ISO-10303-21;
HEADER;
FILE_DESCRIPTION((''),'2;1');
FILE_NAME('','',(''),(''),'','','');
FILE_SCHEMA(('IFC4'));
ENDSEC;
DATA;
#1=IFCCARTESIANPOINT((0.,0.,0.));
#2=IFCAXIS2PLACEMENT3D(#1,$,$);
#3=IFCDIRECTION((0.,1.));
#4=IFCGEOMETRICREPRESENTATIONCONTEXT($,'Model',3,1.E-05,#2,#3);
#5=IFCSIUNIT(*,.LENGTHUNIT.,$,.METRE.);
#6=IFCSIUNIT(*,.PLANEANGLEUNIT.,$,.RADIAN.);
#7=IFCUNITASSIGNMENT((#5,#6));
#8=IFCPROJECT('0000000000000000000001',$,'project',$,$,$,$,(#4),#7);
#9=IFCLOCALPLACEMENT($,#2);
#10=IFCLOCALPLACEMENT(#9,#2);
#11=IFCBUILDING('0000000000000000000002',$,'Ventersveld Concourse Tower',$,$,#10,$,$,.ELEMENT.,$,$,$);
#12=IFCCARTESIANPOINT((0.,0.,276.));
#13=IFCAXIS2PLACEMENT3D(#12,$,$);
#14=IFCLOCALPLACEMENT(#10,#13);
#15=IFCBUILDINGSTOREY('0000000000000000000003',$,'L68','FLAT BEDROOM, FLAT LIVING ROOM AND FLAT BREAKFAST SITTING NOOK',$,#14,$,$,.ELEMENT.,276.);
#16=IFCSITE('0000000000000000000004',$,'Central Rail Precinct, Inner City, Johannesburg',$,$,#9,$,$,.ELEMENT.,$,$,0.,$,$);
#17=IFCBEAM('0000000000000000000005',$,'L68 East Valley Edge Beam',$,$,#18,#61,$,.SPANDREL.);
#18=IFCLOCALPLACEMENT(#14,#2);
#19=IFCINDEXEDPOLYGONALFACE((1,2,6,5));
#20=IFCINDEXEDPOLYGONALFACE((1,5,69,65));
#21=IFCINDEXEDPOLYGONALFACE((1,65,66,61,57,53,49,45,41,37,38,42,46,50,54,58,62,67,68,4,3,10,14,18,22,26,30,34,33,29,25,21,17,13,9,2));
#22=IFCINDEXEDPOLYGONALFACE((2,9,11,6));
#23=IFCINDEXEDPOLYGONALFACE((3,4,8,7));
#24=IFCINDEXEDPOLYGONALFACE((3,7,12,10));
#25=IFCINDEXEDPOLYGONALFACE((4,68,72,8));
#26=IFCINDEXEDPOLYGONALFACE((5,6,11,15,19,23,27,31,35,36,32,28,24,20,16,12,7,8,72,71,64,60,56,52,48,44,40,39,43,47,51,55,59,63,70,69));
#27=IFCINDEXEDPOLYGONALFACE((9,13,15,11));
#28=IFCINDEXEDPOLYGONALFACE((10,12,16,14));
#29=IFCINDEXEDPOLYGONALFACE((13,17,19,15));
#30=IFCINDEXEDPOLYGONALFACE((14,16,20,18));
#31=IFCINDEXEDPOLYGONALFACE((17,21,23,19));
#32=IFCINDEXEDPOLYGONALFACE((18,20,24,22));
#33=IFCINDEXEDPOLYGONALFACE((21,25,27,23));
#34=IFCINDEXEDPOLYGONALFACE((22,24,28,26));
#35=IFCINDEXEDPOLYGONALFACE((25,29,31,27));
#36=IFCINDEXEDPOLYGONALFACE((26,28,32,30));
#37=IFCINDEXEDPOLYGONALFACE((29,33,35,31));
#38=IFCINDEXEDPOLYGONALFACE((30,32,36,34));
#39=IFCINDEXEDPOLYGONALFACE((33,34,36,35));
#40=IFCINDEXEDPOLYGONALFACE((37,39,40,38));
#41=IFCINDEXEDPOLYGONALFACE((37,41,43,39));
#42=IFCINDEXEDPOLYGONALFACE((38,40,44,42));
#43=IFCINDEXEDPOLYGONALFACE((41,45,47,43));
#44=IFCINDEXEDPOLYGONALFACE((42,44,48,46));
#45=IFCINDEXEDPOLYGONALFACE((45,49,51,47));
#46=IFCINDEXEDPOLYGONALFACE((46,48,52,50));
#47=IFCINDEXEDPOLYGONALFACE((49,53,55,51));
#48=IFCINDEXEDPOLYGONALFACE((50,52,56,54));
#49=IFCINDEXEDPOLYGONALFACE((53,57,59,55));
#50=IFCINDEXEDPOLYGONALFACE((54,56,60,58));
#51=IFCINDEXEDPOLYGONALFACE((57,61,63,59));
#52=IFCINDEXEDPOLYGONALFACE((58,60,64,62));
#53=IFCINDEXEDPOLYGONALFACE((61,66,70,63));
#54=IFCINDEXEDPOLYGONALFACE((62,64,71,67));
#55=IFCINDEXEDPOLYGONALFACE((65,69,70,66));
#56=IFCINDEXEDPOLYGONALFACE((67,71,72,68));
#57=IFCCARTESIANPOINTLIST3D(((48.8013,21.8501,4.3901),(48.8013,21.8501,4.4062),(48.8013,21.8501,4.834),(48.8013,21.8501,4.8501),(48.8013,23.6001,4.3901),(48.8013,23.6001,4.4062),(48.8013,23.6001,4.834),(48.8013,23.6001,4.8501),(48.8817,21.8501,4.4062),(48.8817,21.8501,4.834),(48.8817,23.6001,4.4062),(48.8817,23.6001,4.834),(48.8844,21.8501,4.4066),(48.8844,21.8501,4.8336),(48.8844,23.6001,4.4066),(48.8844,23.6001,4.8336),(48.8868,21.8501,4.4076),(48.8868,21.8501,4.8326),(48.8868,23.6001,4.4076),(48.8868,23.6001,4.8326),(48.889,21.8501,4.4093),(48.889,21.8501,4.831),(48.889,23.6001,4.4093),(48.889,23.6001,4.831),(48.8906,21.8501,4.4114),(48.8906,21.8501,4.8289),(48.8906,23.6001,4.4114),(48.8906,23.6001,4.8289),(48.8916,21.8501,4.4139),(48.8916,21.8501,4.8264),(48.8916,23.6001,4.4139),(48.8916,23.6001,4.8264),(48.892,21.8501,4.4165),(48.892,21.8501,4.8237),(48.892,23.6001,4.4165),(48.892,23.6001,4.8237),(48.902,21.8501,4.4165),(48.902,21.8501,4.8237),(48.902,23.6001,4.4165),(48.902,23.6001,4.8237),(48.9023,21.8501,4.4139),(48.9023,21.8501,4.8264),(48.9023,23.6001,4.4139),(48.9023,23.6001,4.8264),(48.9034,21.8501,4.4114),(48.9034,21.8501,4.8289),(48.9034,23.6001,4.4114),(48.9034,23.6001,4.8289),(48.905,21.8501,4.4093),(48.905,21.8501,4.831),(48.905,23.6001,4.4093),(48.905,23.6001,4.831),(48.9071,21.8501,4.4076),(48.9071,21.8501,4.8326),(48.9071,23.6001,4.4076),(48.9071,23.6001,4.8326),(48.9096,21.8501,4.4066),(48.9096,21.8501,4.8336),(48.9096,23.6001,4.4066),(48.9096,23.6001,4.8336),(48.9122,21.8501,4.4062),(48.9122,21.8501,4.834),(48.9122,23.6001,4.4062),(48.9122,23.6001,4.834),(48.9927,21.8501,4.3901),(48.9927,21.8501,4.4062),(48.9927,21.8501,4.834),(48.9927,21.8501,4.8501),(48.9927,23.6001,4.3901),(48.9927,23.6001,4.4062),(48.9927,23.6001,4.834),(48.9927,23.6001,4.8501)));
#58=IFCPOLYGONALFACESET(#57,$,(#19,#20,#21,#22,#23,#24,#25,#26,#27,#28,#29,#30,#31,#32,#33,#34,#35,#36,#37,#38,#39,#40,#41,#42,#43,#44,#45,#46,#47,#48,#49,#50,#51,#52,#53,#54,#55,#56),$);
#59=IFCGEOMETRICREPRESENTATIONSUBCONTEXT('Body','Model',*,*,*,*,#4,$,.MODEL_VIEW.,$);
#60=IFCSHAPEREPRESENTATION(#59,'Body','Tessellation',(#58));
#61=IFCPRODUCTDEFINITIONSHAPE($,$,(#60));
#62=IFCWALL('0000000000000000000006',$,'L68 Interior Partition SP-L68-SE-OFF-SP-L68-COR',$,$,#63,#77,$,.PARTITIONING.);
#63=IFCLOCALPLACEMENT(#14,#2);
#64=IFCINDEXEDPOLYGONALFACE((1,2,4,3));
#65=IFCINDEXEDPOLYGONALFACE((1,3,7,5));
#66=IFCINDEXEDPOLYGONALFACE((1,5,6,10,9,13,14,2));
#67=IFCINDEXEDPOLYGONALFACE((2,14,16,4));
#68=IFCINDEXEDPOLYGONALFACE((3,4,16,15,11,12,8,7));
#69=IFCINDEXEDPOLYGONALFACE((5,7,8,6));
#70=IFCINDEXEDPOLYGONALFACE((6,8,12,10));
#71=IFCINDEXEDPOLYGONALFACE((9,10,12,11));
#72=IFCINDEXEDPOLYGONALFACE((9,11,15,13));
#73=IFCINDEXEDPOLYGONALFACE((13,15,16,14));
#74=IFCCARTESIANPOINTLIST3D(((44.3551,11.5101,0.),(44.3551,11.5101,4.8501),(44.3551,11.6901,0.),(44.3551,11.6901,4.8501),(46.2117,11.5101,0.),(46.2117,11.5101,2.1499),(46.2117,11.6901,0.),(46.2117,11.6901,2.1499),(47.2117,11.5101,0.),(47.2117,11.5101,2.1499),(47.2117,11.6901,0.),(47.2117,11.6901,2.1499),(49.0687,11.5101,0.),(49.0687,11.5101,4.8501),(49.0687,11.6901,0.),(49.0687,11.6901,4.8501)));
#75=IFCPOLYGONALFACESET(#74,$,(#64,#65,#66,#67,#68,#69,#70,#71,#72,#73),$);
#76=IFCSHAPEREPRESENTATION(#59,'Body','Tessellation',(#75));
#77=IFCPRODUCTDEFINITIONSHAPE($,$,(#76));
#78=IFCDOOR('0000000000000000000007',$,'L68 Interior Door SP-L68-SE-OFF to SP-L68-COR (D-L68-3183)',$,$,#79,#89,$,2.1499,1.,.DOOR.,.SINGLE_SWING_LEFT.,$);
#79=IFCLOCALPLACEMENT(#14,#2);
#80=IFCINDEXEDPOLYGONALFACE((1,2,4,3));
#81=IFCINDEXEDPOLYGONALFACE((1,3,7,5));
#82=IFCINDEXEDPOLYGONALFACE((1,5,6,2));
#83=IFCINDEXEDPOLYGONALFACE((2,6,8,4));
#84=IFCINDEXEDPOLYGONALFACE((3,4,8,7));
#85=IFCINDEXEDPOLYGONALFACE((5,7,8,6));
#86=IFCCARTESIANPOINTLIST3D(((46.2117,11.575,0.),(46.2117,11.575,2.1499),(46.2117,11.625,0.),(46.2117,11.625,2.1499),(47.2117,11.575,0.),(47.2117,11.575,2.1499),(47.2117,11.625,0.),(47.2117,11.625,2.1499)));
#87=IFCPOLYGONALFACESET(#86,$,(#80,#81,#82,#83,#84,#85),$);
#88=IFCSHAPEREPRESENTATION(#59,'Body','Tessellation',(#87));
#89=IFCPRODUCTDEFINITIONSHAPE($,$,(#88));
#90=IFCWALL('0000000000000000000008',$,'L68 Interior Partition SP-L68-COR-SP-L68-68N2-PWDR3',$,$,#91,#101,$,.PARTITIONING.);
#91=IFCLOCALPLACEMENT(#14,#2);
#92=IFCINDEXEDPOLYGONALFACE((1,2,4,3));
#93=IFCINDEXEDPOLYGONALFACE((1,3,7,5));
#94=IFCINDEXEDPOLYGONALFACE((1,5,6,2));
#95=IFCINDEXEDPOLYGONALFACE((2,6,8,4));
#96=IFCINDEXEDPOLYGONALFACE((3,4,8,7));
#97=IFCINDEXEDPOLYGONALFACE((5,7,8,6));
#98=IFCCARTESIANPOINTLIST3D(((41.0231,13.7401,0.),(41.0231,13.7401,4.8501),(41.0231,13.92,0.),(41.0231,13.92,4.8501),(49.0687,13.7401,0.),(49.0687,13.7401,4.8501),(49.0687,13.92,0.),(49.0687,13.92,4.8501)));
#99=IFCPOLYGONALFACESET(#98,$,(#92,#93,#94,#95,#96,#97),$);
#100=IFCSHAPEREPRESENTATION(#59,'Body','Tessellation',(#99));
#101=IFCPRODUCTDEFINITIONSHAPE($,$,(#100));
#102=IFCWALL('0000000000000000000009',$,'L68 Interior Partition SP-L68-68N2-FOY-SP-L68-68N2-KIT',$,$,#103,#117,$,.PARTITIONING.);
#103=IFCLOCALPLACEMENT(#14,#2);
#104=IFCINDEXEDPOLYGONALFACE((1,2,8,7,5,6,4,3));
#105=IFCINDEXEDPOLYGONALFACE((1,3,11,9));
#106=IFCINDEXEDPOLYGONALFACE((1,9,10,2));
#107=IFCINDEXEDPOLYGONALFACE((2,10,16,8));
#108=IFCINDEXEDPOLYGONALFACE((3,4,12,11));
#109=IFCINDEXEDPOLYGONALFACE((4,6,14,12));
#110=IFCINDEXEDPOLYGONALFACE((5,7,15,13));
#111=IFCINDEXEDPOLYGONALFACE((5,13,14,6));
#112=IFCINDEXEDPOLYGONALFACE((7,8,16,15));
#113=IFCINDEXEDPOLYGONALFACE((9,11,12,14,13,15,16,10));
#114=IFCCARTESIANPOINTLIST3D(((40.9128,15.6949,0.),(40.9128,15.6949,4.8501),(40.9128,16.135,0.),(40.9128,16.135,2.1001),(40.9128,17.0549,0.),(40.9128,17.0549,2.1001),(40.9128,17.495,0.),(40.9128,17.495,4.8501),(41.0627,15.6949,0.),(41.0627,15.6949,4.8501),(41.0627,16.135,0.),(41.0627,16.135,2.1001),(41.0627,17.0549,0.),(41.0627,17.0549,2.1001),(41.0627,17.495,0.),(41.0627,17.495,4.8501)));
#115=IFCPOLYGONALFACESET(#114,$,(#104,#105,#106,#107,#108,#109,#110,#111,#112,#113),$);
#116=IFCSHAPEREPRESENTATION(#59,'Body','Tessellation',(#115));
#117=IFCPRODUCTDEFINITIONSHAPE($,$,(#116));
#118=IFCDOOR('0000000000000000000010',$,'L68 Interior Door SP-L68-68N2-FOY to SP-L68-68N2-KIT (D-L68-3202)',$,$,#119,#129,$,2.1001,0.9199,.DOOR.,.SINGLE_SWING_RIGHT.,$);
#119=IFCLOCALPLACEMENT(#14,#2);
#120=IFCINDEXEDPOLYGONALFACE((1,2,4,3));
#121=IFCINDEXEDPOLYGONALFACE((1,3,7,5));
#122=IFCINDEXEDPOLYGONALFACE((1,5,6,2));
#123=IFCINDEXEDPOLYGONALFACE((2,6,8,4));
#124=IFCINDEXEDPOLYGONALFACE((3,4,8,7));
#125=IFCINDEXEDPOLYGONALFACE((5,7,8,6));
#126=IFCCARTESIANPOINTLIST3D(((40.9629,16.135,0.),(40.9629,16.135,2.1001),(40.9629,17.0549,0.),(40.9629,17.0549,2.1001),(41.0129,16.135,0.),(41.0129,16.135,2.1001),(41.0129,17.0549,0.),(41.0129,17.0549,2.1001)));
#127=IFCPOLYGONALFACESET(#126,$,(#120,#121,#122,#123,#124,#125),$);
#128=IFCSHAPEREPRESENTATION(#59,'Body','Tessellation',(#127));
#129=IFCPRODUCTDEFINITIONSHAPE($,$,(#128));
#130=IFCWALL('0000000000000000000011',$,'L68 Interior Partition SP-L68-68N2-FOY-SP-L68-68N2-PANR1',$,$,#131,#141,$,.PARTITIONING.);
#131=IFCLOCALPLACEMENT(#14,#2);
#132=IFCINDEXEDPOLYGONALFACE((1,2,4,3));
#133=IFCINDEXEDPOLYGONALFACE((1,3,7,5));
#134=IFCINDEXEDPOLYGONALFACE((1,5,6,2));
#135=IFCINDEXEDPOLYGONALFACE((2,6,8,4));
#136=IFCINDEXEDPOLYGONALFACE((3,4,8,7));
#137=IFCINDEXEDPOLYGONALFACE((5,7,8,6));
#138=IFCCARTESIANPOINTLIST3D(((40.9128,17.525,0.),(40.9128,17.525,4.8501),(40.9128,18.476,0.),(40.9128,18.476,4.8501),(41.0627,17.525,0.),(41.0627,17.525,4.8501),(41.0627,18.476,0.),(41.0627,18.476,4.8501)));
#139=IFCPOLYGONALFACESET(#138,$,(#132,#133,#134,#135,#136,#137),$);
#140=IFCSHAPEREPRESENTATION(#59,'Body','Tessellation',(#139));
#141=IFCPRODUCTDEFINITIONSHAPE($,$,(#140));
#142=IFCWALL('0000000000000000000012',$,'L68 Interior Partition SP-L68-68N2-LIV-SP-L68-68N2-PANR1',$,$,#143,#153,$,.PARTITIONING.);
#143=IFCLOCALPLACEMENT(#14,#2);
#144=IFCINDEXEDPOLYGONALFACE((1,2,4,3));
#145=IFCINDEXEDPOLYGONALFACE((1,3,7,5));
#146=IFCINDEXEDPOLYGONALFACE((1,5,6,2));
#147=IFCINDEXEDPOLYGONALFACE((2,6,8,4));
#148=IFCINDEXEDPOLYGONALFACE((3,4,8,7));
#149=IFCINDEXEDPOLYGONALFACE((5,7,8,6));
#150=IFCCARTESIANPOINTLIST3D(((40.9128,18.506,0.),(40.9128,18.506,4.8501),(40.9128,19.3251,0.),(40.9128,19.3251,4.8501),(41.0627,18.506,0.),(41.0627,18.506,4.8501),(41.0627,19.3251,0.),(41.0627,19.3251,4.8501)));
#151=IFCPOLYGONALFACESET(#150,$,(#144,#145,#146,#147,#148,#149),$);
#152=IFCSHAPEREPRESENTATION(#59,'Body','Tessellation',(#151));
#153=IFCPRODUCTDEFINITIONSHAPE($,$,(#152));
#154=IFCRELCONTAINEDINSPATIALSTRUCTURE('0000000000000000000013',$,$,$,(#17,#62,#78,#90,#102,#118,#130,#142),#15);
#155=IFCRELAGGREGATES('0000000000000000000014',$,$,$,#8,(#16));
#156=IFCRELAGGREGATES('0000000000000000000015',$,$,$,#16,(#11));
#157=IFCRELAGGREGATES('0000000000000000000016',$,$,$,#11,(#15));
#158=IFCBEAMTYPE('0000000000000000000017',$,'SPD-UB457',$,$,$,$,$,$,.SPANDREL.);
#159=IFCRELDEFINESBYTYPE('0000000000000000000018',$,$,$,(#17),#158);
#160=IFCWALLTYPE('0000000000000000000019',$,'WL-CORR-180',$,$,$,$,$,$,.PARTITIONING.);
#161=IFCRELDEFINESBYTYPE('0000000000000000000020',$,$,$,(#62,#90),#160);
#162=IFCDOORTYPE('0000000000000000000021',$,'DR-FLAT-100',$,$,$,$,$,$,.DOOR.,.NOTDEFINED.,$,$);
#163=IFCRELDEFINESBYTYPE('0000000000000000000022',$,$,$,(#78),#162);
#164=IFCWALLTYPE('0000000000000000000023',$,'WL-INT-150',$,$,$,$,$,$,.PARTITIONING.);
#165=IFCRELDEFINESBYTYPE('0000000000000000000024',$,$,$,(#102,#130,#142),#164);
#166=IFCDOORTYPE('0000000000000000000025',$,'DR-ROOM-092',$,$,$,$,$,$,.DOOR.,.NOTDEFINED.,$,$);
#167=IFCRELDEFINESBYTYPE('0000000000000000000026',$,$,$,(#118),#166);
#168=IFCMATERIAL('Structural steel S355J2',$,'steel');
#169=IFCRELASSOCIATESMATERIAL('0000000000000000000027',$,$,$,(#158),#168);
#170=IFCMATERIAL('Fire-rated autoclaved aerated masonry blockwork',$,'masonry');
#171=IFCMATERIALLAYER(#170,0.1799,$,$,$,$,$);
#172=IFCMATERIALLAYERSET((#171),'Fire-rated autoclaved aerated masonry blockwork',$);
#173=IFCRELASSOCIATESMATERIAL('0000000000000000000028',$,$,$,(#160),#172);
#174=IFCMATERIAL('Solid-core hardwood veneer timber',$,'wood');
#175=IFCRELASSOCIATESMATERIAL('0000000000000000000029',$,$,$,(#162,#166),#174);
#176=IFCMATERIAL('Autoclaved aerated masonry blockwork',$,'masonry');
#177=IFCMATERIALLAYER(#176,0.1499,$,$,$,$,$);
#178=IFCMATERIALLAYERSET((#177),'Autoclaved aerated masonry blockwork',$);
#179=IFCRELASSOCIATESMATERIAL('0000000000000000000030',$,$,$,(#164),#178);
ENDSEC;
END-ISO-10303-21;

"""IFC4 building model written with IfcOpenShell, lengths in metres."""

from ifc_helpers import new_model, si_unit, direction, frame, frame_2d, origin, origin_2d, place, context, subcontext, project, spatial, rectangle, i_section, extrude, material, layer, layer_set, material_profile, profile_set, type_object, element, fill, save


model = new_model("IFC4")

# Units and contexts
model_context = context("Model", 3, precision=1e-05, world=origin(), true_north=direction((0.0, 1.0)))
body_context = subcontext(model_context, "Body", "Model", "MODEL_VIEW")
ifc_project = project(units=[si_unit("LENGTHUNIT", "METRE"), si_unit("PLANEANGLEUNIT", "RADIAN")], contexts=[model_context])

# Site, building, storey
site_placement = place(None, origin())
site = spatial("IfcSite", under=ifc_project, at=site_placement, Name="Central Rail Precinct, Inner City, Johannesburg", CompositionType="ELEMENT", RefElevation=0.0)
building_placement = place(site_placement, origin())
building = spatial("IfcBuilding", under=site, at=building_placement, Name="Ventersveld Concourse Tower", CompositionType="ELEMENT")
storey_placement = place(building_placement, frame((0.0, 0.0, 276.0)))
storey = spatial("IfcBuildingStorey", under=building, at=storey_placement, Name="L68", Description="FLAT BEDROOM, FLAT LIVING ROOM AND FLAT BREAKFAST SITTING NOOK", CompositionType="ELEMENT", Elevation=276.0)

# Beam
ifc_material_1 = material(Name="Structural steel S355J2", Category="steel")
ifc_material_profile = material_profile(ifc_material_1, i_section(OverallWidth=0.1914, OverallDepth=0.46, WebThickness=0.01, FlangeThickness=0.0161, FilletRadius=0.0103, at=origin_2d()), Name="UB 457x191x82")
ifc_profile_set = profile_set([ifc_material_profile], Name="Structural steel S355J2")
beam_type = type_object("IfcBeamType", Name="SPD-UB457", PredefinedType="SPANDREL", material=ifc_profile_set)
beam_placement = place(storey_placement, frame((48.897, 21.8501, 4.6201), z_axis=(0.0, 1.0, 0.0), x_axis=(-1.0, 0.0, 0.0)))
element("IfcBeam", 1, at=beam_placement, inside=storey, type_object=beam_type, Name="L68 East Valley Edge Beam", PredefinedType="SPANDREL", context=body_context, shape_type="SweptSolid", body=[
    extrude(i_section(OverallWidth=0.1914, OverallDepth=0.46, WebThickness=0.01, FlangeThickness=0.0161, FilletRadius=0.0103, at=origin_2d()), origin(), (0.0, 0.0, 1.0), 1.75),
])

# Wall, opening, door
ifc_material_2 = material(Name="Fire-rated autoclaved aerated masonry blockwork", Category="masonry")
ifc_layer_1 = layer(ifc_material_2, 0.1799)
ifc_layer_set_1 = layer_set([ifc_layer_1], Name="Fire-rated autoclaved aerated masonry blockwork")
wall_type_1 = type_object("IfcWallType", Name="WL-CORR-180", PredefinedType="PARTITIONING", material=ifc_layer_set_1)
wall_1_placement = place(storey_placement, frame((44.355, 11.6001, 0.0), z_axis=(0.0, 0.0, 1.0), x_axis=(1.0, 0.0, 0.0)))
wall_1 = element("IfcWall", 2, at=wall_1_placement, inside=storey, type_object=wall_type_1, Name="L68 Interior Partition SP-L68-SE-OFF-SP-L68-COR", PredefinedType="PARTITIONING", context=body_context, shape_type="SweptSolid", body=[
    extrude(rectangle(XDim=4.7136, YDim=0.1799, at=frame_2d((2.3569, 0.0))), origin(), (0.0, 0.0, 1.0), 4.8501),
])
opening_1_placement = place(wall_1_placement, frame((1.8567, 0.0, 0.0)))
opening_1 = element("IfcOpeningElement", 3, at=opening_1_placement, cuts=wall_1, PredefinedType="OPENING", context=body_context, shape_type="SweptSolid", body=[
    extrude(rectangle(XDim=1.0, YDim=2.1499, at=frame_2d((0.5, 1.075))), frame((0.0, 0.1001, 0.0), z_axis=(0.0, -1.0, 0.0), x_axis=(1.0, 0.0, 0.0)), (0.0, 0.0, 1.0), 0.2),
])
ifc_material_3 = material(Name="Solid-core hardwood veneer timber", Category="wood")
door_type_1 = type_object("IfcDoorType", Name="DR-FLAT-100", OperationType="NOTDEFINED", PredefinedType="DOOR", material=ifc_material_3)
door_1_placement = place(opening_1_placement, origin())
door_1 = element("IfcDoor", 4, at=door_1_placement, inside=storey, type_object=door_type_1, Name="L68 Interior Door SP-L68-SE-OFF to SP-L68-COR (D-L68-3183)", OperationType="SINGLE_SWING_LEFT", OverallHeight=2.1499, OverallWidth=1.0, PredefinedType="DOOR", context=body_context, shape_type="SweptSolid", body=[
    extrude(rectangle(XDim=1.0, YDim=2.1499, at=frame_2d((0.5, 1.075))), frame((0.0, 0.0249, 0.0), z_axis=(0.0, -1.0, 0.0), x_axis=(1.0, 0.0, 0.0)), (0.0, 0.0, 1.0), 0.05),
])
fill(opening_1, door_1)

# Wall
wall_2_placement = place(storey_placement, frame((41.0229, 13.8301, 0.0), z_axis=(0.0, 0.0, 1.0), x_axis=(1.0, 0.0, 0.0)))
element("IfcWall", 5, at=wall_2_placement, inside=storey, type_object=wall_type_1, Name="L68 Interior Partition SP-L68-COR-SP-L68-68N2-PWDR3", PredefinedType="PARTITIONING", context=body_context, shape_type="SweptSolid", body=[
    extrude(rectangle(XDim=8.0457, YDim=0.1799, at=frame_2d((4.0229, 0.0))), origin(), (0.0, 0.0, 1.0), 4.8501),
])

# Wall, opening, door
ifc_material_4 = material(Name="Autoclaved aerated masonry blockwork", Category="masonry")
ifc_layer_2 = layer(ifc_material_4, 0.1499)
ifc_layer_set_2 = layer_set([ifc_layer_2], Name="Autoclaved aerated masonry blockwork")
wall_type_2 = type_object("IfcWallType", Name="WL-INT-150", PredefinedType="PARTITIONING", material=ifc_layer_set_2)
wall_3_placement = place(storey_placement, frame((40.9878, 15.6951, 0.0), z_axis=(0.0, 0.0, 1.0), x_axis=(0.0, 1.0, 0.0)))
wall_3 = element("IfcWall", 6, at=wall_3_placement, inside=storey, type_object=wall_type_2, Name="L68 Interior Partition SP-L68-68N2-FOY-SP-L68-68N2-KIT", PredefinedType="PARTITIONING", context=body_context, shape_type="SweptSolid", body=[
    extrude(rectangle(XDim=1.8, YDim=0.1499, at=frame_2d((0.8999, 0.0))), origin(), (0.0, 0.0, 1.0), 4.8501),
])
opening_2_placement = place(wall_3_placement, frame((0.4399, 0.0, 0.0)))
opening_2 = element("IfcOpeningElement", 7, at=opening_2_placement, cuts=wall_3, PredefinedType="OPENING", context=body_context, shape_type="SweptSolid", body=[
    extrude(rectangle(XDim=0.9199, YDim=2.1001, at=frame_2d((0.46, 1.05))), frame((0.0, 0.085, 0.0), z_axis=(0.0, -1.0, 0.0), x_axis=(1.0, 0.0, 0.0)), (0.0, 0.0, 1.0), 0.1699),
])
door_type_2 = type_object("IfcDoorType", Name="DR-ROOM-092", OperationType="NOTDEFINED", PredefinedType="DOOR", material=ifc_material_3)
door_2_placement = place(opening_2_placement, origin())
door_2 = element("IfcDoor", 8, at=door_2_placement, inside=storey, type_object=door_type_2, Name="L68 Interior Door SP-L68-68N2-FOY to SP-L68-68N2-KIT (D-L68-3202)", OperationType="SINGLE_SWING_RIGHT", OverallHeight=2.1001, OverallWidth=0.9199, PredefinedType="DOOR", context=body_context, shape_type="SweptSolid", body=[
    extrude(rectangle(XDim=0.9199, YDim=2.1001, at=frame_2d((0.46, 1.05))), frame((0.0, 0.0249, 0.0), z_axis=(0.0, -1.0, 0.0), x_axis=(1.0, 0.0, 0.0)), (0.0, 0.0, 1.0), 0.05),
])
fill(opening_2, door_2)

# Walls
wall_4_placement = place(storey_placement, frame((40.9878, 17.5249, 0.0), z_axis=(0.0, 0.0, 1.0), x_axis=(0.0, 1.0, 0.0)))
element("IfcWall", 9, at=wall_4_placement, inside=storey, type_object=wall_type_2, Name="L68 Interior Partition SP-L68-68N2-FOY-SP-L68-68N2-PANR1", PredefinedType="PARTITIONING", context=body_context, shape_type="SweptSolid", body=[
    extrude(rectangle(XDim=0.9509, YDim=0.1499, at=frame_2d((0.4756, 0.0))), origin(), (0.0, 0.0, 1.0), 4.8501),
])
wall_5_placement = place(storey_placement, frame((40.9878, 18.5059, 0.0), z_axis=(0.0, 0.0, 1.0), x_axis=(0.0, 1.0, 0.0)))
element("IfcWall", 10, at=wall_5_placement, inside=storey, type_object=wall_type_2, Name="L68 Interior Partition SP-L68-68N2-LIV-SP-L68-68N2-PANR1", PredefinedType="PARTITIONING", context=body_context, shape_type="SweptSolid", body=[
    extrude(rectangle(XDim=0.8191, YDim=0.1499, at=frame_2d((0.4097, 0.0))), origin(), (0.0, 0.0, 1.0), 4.8501),
])

save(model, "model.ifc")
